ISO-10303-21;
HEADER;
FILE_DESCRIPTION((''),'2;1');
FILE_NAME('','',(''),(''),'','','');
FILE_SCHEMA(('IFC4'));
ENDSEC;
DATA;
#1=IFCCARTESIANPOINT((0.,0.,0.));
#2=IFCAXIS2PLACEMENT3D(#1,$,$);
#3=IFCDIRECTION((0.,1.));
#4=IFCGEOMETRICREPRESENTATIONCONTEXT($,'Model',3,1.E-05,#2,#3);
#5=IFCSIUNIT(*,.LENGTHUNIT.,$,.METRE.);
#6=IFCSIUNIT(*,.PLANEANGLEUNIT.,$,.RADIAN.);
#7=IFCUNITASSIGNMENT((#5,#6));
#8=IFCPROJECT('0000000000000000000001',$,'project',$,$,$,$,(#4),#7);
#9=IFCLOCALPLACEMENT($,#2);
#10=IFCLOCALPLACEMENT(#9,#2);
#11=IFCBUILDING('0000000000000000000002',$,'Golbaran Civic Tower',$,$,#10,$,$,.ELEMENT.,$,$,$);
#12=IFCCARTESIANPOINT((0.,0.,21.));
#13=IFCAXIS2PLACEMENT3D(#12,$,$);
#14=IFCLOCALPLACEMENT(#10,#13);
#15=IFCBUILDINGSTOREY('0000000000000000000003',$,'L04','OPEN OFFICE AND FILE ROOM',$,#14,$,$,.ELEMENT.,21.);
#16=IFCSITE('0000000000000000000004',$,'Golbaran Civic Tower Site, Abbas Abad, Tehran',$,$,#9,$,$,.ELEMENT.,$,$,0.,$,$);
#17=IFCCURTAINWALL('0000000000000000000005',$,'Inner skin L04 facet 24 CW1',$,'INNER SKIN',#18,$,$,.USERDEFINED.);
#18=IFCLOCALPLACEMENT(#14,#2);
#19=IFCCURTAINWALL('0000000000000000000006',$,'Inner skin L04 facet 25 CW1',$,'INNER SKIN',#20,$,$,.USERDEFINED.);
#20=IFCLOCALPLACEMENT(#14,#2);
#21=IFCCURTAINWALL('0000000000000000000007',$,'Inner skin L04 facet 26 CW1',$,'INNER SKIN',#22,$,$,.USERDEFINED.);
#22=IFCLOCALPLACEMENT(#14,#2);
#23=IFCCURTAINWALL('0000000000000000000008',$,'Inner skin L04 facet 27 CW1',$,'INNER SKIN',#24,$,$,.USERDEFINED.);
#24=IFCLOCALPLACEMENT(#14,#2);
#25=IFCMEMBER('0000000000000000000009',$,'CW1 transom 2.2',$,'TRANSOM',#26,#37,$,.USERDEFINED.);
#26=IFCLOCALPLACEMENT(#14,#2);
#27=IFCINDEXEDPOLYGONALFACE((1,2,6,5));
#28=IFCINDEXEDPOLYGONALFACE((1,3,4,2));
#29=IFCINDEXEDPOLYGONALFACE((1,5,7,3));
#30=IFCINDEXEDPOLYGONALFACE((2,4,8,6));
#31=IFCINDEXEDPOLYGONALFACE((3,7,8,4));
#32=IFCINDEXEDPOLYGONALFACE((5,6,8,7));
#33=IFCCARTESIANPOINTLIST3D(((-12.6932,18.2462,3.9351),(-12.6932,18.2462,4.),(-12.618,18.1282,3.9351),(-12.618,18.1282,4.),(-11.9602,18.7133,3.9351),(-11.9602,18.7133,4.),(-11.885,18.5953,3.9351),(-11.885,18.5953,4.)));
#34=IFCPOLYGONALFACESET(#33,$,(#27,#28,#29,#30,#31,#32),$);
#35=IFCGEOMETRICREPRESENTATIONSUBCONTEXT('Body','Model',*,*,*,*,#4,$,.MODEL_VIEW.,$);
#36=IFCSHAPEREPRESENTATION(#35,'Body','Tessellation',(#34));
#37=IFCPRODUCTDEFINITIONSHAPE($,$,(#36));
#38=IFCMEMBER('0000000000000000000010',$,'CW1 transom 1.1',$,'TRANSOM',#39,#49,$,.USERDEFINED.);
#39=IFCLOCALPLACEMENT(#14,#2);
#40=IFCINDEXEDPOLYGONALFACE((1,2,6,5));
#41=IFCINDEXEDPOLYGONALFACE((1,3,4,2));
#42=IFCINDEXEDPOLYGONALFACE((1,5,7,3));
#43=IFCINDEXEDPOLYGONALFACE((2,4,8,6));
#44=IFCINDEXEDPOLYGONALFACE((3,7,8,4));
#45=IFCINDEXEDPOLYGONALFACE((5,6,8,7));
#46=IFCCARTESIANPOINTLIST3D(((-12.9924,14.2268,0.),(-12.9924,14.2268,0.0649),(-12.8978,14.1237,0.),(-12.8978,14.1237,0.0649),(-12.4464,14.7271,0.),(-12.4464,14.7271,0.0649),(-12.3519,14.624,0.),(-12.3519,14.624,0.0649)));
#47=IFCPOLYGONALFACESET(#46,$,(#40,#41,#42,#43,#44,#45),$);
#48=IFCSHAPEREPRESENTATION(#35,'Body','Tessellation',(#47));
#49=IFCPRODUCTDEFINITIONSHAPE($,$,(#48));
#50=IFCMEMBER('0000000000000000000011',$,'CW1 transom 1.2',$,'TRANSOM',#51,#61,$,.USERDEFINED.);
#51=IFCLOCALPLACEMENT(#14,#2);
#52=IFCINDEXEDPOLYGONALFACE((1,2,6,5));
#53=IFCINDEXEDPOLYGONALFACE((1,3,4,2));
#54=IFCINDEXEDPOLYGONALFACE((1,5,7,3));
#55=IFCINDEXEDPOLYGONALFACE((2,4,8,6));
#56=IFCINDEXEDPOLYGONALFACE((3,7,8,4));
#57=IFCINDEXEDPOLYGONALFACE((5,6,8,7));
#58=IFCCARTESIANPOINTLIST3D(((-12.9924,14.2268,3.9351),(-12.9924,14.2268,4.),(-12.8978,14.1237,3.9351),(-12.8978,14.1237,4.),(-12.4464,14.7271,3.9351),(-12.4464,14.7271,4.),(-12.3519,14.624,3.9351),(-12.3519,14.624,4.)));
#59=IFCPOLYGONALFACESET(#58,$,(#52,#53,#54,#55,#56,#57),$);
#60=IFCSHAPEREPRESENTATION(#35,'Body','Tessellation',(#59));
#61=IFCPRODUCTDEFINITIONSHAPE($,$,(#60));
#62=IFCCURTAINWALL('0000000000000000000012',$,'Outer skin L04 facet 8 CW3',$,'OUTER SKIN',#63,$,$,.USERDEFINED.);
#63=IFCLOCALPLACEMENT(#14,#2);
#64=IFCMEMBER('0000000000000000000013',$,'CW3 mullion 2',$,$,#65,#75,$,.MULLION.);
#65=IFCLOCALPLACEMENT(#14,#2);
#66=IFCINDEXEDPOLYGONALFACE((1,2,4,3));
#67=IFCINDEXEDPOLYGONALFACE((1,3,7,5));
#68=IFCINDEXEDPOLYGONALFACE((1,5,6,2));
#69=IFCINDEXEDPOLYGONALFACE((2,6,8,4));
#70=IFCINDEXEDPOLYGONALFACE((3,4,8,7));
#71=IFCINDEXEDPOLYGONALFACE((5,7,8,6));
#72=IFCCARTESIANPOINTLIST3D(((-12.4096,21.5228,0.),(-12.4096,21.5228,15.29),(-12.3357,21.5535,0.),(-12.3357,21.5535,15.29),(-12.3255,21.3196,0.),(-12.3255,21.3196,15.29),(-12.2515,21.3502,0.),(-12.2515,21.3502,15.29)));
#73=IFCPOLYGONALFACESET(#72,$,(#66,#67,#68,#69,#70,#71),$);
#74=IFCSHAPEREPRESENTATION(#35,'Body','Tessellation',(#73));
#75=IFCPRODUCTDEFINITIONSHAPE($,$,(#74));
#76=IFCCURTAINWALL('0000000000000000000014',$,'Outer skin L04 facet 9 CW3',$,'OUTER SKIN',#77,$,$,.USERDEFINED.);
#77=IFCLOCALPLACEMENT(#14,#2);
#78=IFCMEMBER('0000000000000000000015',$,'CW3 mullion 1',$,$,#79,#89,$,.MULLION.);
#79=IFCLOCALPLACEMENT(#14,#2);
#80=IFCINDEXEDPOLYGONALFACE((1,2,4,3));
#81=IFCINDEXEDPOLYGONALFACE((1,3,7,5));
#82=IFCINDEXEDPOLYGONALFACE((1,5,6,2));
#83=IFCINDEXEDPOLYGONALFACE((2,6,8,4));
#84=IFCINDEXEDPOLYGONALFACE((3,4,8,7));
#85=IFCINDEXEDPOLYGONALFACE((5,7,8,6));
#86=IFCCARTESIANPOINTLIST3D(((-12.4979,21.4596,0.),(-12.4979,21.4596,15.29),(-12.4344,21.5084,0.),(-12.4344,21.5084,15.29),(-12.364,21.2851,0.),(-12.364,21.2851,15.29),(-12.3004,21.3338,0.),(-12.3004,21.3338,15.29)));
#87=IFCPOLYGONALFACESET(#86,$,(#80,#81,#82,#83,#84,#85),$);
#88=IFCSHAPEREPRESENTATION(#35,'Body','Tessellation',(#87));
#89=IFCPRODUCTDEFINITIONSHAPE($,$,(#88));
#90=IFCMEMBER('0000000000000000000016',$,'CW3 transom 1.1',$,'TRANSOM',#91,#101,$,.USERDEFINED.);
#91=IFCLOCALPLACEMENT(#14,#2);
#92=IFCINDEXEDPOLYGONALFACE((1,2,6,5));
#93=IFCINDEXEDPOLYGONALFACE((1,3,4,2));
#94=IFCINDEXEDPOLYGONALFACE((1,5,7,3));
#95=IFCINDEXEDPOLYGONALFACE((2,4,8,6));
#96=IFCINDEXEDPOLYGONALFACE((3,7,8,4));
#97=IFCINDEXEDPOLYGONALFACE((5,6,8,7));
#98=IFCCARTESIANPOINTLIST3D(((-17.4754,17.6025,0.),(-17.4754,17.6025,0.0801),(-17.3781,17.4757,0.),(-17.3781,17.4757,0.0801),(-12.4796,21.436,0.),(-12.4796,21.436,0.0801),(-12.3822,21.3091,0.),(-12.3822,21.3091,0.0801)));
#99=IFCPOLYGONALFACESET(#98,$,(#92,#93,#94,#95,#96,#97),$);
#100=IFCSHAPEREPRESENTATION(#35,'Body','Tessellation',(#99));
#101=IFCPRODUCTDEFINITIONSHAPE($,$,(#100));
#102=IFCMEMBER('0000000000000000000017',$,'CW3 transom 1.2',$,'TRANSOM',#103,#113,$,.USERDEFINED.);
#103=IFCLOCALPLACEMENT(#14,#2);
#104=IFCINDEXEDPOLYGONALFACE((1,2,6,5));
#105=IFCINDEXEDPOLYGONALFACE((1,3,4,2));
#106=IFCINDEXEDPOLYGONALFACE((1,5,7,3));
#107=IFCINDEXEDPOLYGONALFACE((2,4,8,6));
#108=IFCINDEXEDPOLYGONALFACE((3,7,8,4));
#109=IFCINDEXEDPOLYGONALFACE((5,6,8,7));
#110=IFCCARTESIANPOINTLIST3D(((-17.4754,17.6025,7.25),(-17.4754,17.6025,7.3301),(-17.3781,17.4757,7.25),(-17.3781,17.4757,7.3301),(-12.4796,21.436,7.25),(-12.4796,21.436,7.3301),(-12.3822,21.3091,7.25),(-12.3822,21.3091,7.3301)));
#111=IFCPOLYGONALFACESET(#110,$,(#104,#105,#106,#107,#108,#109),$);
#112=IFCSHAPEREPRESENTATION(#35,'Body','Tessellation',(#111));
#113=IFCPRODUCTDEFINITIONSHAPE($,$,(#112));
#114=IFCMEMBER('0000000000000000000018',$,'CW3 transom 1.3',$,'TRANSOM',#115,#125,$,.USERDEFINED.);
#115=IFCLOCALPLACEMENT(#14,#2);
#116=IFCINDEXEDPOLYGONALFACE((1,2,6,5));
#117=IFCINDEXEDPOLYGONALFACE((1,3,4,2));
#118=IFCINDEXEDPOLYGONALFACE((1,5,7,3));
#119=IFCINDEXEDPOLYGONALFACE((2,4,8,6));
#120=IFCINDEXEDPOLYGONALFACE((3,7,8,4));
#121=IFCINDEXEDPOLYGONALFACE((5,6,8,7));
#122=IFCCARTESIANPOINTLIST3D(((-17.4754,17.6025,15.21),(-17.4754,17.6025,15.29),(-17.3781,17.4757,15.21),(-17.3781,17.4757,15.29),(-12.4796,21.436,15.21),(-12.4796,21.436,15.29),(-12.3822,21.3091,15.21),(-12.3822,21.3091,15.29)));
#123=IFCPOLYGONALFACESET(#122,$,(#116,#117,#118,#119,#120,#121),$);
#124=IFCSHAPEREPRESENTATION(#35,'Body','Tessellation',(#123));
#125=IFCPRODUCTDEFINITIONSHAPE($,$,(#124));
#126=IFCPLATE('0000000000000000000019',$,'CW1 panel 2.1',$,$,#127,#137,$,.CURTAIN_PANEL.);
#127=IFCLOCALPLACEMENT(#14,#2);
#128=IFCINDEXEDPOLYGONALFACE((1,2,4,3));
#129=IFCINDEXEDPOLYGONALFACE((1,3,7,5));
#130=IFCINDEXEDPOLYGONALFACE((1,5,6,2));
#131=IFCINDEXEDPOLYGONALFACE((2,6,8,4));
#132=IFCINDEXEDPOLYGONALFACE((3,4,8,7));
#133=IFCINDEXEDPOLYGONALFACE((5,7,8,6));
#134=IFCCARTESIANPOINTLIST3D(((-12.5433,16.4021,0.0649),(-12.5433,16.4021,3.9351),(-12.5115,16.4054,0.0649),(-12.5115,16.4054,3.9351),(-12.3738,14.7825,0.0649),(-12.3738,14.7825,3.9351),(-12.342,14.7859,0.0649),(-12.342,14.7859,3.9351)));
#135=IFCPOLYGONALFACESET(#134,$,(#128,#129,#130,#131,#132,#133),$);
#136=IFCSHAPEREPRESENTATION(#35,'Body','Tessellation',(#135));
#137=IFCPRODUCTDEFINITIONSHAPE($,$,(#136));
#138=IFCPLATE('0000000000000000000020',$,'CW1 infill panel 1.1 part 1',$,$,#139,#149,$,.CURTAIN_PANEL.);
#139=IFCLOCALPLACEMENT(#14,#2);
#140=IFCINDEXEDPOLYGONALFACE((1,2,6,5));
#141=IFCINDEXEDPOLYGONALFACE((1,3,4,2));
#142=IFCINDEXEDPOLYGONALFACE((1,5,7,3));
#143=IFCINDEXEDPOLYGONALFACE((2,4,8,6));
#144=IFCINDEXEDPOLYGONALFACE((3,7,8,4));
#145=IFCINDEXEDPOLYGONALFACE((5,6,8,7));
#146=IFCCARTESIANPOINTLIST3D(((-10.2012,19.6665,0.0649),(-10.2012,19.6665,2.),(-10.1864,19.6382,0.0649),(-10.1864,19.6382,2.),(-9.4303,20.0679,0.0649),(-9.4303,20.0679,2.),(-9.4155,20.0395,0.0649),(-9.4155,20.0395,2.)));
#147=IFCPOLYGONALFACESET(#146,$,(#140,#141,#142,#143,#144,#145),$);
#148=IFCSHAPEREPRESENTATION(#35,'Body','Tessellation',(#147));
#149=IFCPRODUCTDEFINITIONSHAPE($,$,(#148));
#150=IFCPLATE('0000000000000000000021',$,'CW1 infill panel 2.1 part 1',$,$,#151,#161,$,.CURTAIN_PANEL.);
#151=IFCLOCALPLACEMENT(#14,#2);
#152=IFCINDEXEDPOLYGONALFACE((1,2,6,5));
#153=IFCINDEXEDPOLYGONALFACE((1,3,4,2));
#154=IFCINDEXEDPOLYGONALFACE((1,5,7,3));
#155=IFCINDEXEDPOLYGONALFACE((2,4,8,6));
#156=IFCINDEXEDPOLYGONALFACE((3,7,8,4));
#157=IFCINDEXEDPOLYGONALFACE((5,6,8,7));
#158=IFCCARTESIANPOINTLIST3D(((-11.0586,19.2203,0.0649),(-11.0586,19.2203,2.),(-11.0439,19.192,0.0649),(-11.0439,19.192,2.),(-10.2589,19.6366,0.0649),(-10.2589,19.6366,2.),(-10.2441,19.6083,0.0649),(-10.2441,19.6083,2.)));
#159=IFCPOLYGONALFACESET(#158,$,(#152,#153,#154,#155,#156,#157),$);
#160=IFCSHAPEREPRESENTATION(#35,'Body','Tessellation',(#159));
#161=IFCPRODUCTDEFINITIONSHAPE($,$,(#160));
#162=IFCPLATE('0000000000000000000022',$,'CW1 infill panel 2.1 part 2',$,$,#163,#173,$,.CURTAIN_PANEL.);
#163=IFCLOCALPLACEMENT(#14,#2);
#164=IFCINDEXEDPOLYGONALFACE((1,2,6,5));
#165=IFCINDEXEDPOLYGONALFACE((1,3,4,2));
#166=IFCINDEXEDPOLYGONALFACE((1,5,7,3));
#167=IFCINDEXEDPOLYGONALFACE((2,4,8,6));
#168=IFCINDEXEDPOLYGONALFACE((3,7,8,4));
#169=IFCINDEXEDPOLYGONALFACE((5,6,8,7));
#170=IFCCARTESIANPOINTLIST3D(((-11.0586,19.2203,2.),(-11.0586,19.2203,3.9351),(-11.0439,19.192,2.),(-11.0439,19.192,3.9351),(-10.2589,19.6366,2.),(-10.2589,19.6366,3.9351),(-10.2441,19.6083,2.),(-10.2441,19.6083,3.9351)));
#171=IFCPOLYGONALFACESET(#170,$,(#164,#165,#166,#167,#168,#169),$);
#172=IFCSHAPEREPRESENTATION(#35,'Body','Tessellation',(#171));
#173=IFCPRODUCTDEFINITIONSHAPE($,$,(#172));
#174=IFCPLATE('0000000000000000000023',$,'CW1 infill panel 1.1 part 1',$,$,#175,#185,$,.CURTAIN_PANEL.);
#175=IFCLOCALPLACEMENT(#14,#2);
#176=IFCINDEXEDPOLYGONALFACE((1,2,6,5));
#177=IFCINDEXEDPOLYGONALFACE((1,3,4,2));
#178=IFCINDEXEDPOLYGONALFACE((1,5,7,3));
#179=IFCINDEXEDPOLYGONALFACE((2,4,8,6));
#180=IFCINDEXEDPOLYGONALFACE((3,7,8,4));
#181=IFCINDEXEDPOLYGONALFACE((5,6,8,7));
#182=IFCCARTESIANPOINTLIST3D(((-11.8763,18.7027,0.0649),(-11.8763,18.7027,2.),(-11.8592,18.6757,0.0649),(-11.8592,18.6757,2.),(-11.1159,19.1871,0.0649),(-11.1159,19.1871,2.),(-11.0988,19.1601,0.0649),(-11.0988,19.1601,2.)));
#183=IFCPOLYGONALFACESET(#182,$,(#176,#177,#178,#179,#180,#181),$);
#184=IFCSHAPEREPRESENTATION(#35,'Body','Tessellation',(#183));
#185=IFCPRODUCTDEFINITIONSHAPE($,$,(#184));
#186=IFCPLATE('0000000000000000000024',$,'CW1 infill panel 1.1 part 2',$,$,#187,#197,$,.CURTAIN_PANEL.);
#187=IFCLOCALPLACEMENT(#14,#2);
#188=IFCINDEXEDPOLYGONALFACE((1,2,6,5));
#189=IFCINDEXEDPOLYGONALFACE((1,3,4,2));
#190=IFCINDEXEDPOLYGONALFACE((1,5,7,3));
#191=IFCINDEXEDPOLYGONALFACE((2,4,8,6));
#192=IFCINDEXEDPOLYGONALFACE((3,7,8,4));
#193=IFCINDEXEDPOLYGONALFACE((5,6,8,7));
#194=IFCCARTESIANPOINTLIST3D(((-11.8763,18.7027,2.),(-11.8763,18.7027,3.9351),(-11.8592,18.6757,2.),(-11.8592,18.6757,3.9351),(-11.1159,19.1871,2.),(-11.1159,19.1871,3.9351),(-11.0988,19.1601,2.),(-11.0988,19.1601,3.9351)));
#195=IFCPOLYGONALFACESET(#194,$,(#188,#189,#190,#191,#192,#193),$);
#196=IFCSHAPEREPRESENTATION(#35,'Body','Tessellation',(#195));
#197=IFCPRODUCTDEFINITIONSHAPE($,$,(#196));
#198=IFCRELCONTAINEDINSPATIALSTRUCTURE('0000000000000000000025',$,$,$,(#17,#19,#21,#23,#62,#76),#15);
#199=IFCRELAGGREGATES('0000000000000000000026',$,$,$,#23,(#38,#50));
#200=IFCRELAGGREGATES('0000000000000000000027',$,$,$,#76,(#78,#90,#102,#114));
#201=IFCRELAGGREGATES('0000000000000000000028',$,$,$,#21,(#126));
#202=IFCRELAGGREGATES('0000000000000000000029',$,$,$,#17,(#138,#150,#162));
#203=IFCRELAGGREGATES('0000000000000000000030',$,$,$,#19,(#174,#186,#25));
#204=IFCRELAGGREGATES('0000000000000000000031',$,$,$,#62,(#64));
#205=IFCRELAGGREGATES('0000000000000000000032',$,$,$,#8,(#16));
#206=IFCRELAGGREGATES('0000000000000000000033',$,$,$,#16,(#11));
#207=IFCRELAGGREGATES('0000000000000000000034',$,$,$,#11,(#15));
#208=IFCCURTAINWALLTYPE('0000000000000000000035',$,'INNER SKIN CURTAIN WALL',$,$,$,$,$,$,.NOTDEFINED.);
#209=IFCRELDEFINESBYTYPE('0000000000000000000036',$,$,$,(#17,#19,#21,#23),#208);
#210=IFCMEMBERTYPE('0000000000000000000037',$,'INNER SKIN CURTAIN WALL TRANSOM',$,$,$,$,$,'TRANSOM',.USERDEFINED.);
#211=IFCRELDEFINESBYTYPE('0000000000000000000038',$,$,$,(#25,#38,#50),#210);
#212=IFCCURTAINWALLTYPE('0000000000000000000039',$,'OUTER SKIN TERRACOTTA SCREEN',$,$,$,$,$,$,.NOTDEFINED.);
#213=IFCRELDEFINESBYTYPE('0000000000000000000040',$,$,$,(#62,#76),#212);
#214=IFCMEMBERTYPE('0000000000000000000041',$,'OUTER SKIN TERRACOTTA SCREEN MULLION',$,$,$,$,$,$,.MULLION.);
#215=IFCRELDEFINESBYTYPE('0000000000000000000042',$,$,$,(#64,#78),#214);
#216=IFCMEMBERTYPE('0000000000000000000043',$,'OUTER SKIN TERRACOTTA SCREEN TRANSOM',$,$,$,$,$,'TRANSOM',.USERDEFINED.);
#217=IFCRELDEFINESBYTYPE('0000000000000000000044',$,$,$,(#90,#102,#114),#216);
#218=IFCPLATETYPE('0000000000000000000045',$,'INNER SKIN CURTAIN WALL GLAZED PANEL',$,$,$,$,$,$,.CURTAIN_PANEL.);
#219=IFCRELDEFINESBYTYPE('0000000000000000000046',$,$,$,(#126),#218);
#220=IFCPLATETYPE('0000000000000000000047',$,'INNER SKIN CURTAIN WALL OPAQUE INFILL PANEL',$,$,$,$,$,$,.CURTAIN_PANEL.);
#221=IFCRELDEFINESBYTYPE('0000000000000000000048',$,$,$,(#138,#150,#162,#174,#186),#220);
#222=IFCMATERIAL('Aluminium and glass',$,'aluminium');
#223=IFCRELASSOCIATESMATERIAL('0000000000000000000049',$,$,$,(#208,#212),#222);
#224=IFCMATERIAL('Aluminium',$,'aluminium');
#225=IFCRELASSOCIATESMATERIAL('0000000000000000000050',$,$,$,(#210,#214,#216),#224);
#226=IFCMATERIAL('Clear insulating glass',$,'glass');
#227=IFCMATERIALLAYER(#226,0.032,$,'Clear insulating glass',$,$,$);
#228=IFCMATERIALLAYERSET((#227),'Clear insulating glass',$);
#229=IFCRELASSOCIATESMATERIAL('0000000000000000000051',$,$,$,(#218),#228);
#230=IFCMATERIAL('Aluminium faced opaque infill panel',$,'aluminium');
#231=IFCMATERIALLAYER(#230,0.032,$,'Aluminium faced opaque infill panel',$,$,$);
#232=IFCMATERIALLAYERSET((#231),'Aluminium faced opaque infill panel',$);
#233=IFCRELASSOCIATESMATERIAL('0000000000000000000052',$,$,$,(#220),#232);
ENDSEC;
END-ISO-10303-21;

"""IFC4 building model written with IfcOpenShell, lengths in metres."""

from ifc_helpers import new_model, si_unit, direction, frame, origin, origin_2d, place, context, subcontext, project, spatial, rectangle, extrude, material, layer, layer_set, material_profile, profile_set, type_object, element, aggregate, save


model = new_model("IFC4")

# Units and contexts
model_context = context("Model", 3, precision=1e-05, world=origin(), true_north=direction((0.0, 1.0)))
body_context = subcontext(model_context, "Body", "Model", "MODEL_VIEW")
ifc_project = project(units=[si_unit("LENGTHUNIT", "METRE"), si_unit("PLANEANGLEUNIT", "RADIAN")], contexts=[model_context])

# Site, building, storey
site_placement = place(None, origin())
site = spatial("IfcSite", under=ifc_project, at=site_placement, Name="Golbaran Civic Tower Site, Abbas Abad, Tehran", CompositionType="ELEMENT", RefElevation=0.0)
building_placement = place(site_placement, origin())
building = spatial("IfcBuilding", under=site, at=building_placement, Name="Golbaran Civic Tower", CompositionType="ELEMENT")
storey_placement = place(building_placement, frame((0.0, 0.0, 21.0)))
storey = spatial("IfcBuildingStorey", under=building, at=storey_placement, Name="L04", Description="OPEN OFFICE AND FILE ROOM", CompositionType="ELEMENT", Elevation=21.0)

# Curtain wall
ifc_material_1 = material(Name="Aluminium and glass", Category="aluminium")
curtain_wall_type_1 = type_object("IfcCurtainWallType", Name="INNER SKIN CURTAIN WALL", PredefinedType="NOTDEFINED", material=ifc_material_1)
curtain_wall_1_placement = place(storey_placement, origin())
curtain_wall_1 = element("IfcCurtainWall", 1, at=curtain_wall_1_placement, inside=storey, type_object=curtain_wall_type_1, Name="Inner skin L04 facet 24 CW1", ObjectType="INNER SKIN", PredefinedType="USERDEFINED")
ifc_material_2 = material(Name="Aluminium", Category="aluminium")

# Curtain walls
curtain_wall_2_placement = place(storey_placement, origin())
curtain_wall_2 = element("IfcCurtainWall", 2, at=curtain_wall_2_placement, inside=storey, type_object=curtain_wall_type_1, Name="Inner skin L04 facet 25 CW1", ObjectType="INNER SKIN", PredefinedType="USERDEFINED")
curtain_wall_3_placement = place(storey_placement, origin())
curtain_wall_3 = element("IfcCurtainWall", 3, at=curtain_wall_3_placement, inside=storey, type_object=curtain_wall_type_1, Name="Inner skin L04 facet 26 CW1", ObjectType="INNER SKIN", PredefinedType="USERDEFINED")
curtain_wall_4_placement = place(storey_placement, origin())
curtain_wall_4 = element("IfcCurtainWall", 4, at=curtain_wall_4_placement, inside=storey, type_object=curtain_wall_type_1, Name="Inner skin L04 facet 27 CW1", ObjectType="INNER SKIN", PredefinedType="USERDEFINED")

# Members
ifc_material_profile_1 = material_profile(ifc_material_2, rectangle(XDim=0.1399, YDim=0.0649, at=origin_2d()), Name="INNER SKIN CURTAIN WALL TRANSOM")
ifc_profile_set_1 = profile_set([ifc_material_profile_1], Name="Aluminium")
member_type_1 = type_object("IfcMemberType", Name="INNER SKIN CURTAIN WALL TRANSOM", ElementType="TRANSOM", PredefinedType="USERDEFINED", material=ifc_profile_set_1)
member_1_placement = place(storey_placement, frame((-11.9226, 18.6543, 3.9675), z_axis=(-0.843326, -0.537403, 0.0), x_axis=(0.537403, -0.843326, 0.0)))
member_1 = element("IfcMember", 5, at=member_1_placement, type_object=member_type_1, Name="CW1 transom 2.2", ObjectType="TRANSOM", PredefinedType="USERDEFINED", context=body_context, shape_type="SweptSolid", body=[
    extrude(rectangle(XDim=0.1399, YDim=0.0649, at=origin_2d()), origin(), (0.0, 0.0, 1.0), 0.8691),
])
member_2_placement = place(storey_placement, frame((-12.3992, 14.6755, 0.0325), z_axis=(-0.737264, -0.675605, 0.0), x_axis=(0.675605, -0.737264, 0.0)))
member_2 = element("IfcMember", 6, at=member_2_placement, type_object=member_type_1, Name="CW1 transom 1.1", ObjectType="TRANSOM", PredefinedType="USERDEFINED", context=body_context, shape_type="SweptSolid", body=[
    extrude(rectangle(XDim=0.1399, YDim=0.0649, at=origin_2d()), origin(), (0.0, 0.0, 1.0), 0.7405),
])
member_3_placement = place(storey_placement, frame((-12.3992, 14.6755, 3.9675), z_axis=(-0.737264, -0.675605, 0.0), x_axis=(0.675605, -0.737264, 0.0)))
member_3 = element("IfcMember", 7, at=member_3_placement, type_object=member_type_1, Name="CW1 transom 1.2", ObjectType="TRANSOM", PredefinedType="USERDEFINED", context=body_context, shape_type="SweptSolid", body=[
    extrude(rectangle(XDim=0.1399, YDim=0.0649, at=origin_2d()), origin(), (0.0, 0.0, 1.0), 0.7405),
])
aggregate(curtain_wall_4, [member_2, member_3])

# Curtain wall, member
curtain_wall_type_2 = type_object("IfcCurtainWallType", Name="OUTER SKIN TERRACOTTA SCREEN", PredefinedType="NOTDEFINED", material=ifc_material_1)
curtain_wall_5_placement = place(storey_placement, origin())
curtain_wall_5 = element("IfcCurtainWall", 8, at=curtain_wall_5_placement, inside=storey, type_object=curtain_wall_type_2, Name="Outer skin L04 facet 8 CW3", ObjectType="OUTER SKIN", PredefinedType="USERDEFINED")
ifc_material_profile_2 = material_profile(ifc_material_2, rectangle(XDim=0.22, YDim=0.0801, at=origin_2d()), Name="OUTER SKIN TERRACOTTA SCREEN MULLION")
ifc_profile_set_2 = profile_set([ifc_material_profile_2], Name="Aluminium")
member_type_2 = type_object("IfcMemberType", Name="OUTER SKIN TERRACOTTA SCREEN MULLION", PredefinedType="MULLION", material=ifc_profile_set_2)
member_4_placement = place(storey_placement, frame((-12.3306, 21.4365, 0.0), z_axis=(0.0, 0.0, 1.0), x_axis=(0.382683, -0.92388, 0.0)))
member_4 = element("IfcMember", 9, at=member_4_placement, type_object=member_type_2, Name="CW3 mullion 2", PredefinedType="MULLION", context=body_context, shape_type="SweptSolid", body=[
    extrude(rectangle(XDim=0.22, YDim=0.0801, at=origin_2d()), origin(), (0.0, 0.0, 1.0), 15.29),
])

# Curtain wall, members
curtain_wall_6_placement = place(storey_placement, origin())
curtain_wall_6 = element("IfcCurtainWall", 10, at=curtain_wall_6_placement, inside=storey, type_object=curtain_wall_type_2, Name="Outer skin L04 facet 9 CW3", ObjectType="OUTER SKIN", PredefinedType="USERDEFINED")
member_5_placement = place(storey_placement, frame((-12.3992, 21.3967, 0.0), z_axis=(0.0, 0.0, 1.0), x_axis=(0.608761, -0.793353, 0.0)))
member_5 = element("IfcMember", 11, at=member_5_placement, type_object=member_type_2, Name="CW3 mullion 1", PredefinedType="MULLION", context=body_context, shape_type="SweptSolid", body=[
    extrude(rectangle(XDim=0.22, YDim=0.0801, at=origin_2d()), origin(), (0.0, 0.0, 1.0), 15.29),
])
ifc_material_profile_3 = material_profile(ifc_material_2, rectangle(XDim=0.1599, YDim=0.0801, at=origin_2d()), Name="OUTER SKIN TERRACOTTA SCREEN TRANSOM")
ifc_profile_set_3 = profile_set([ifc_material_profile_3], Name="Aluminium")
member_type_3 = type_object("IfcMemberType", Name="OUTER SKIN TERRACOTTA SCREEN TRANSOM", ElementType="TRANSOM", PredefinedType="USERDEFINED", material=ifc_profile_set_3)
member_6_placement = place(storey_placement, frame((-12.4309, 21.3726, 0.04), z_axis=(-0.79335, -0.608766, 0.0), x_axis=(0.608766, -0.79335, 0.0)))
member_6 = element("IfcMember", 12, at=member_6_placement, type_object=member_type_3, Name="CW3 transom 1.1", ObjectType="TRANSOM", PredefinedType="USERDEFINED", context=body_context, shape_type="SweptSolid", body=[
    extrude(rectangle(XDim=0.1599, YDim=0.0801, at=origin_2d()), origin(), (0.0, 0.0, 1.0), 6.2971),
])
member_7_placement = place(storey_placement, frame((-12.4309, 21.3726, 7.29), z_axis=(-0.79335, -0.608766, 0.0), x_axis=(0.608766, -0.79335, 0.0)))
member_7 = element("IfcMember", 13, at=member_7_placement, type_object=member_type_3, Name="CW3 transom 1.2", ObjectType="TRANSOM", PredefinedType="USERDEFINED", context=body_context, shape_type="SweptSolid", body=[
    extrude(rectangle(XDim=0.1599, YDim=0.0801, at=origin_2d()), origin(), (0.0, 0.0, 1.0), 6.2971),
])
member_8_placement = place(storey_placement, frame((-12.4309, 21.3726, 15.25), z_axis=(-0.79335, -0.608766, 0.0), x_axis=(0.608766, -0.79335, 0.0)))
member_8 = element("IfcMember", 14, at=member_8_placement, type_object=member_type_3, Name="CW3 transom 1.3", ObjectType="TRANSOM", PredefinedType="USERDEFINED", context=body_context, shape_type="SweptSolid", body=[
    extrude(rectangle(XDim=0.1599, YDim=0.0801, at=origin_2d()), origin(), (0.0, 0.0, 1.0), 6.2971),
])
aggregate(curtain_wall_6, [member_5, member_6, member_7, member_8])

# Plates
ifc_material_3 = material(Name="Clear insulating glass", Category="glass")
ifc_layer_1 = layer(ifc_material_3, 0.032, Name="Clear insulating glass")
ifc_layer_set_1 = layer_set([ifc_layer_1], Name="Clear insulating glass")
plate_type_1 = type_object("IfcPlateType", Name="INNER SKIN CURTAIN WALL GLAZED PANEL", PredefinedType="CURTAIN_PANEL", material=ifc_layer_set_1)
plate_1_placement = place(storey_placement, frame((-12.4426, 15.594, 0.0649), z_axis=(0.0, 0.0, 1.0), x_axis=(0.104093, -0.994568, 0.0)))
plate_1 = element("IfcPlate", 15, at=plate_1_placement, type_object=plate_type_1, Name="CW1 panel 2.1", PredefinedType="CURTAIN_PANEL", context=body_context, shape_type="SweptSolid", body=[
    extrude(rectangle(XDim=1.6284, YDim=0.032, at=origin_2d()), origin(), (0.0, 0.0, 1.0), 3.8701),
])
aggregate(curtain_wall_3, [plate_1])
ifc_material_4 = material(Name="Aluminium faced opaque infill panel", Category="aluminium")
ifc_layer_2 = layer(ifc_material_4, 0.032, Name="Aluminium faced opaque infill panel")
ifc_layer_set_2 = layer_set([ifc_layer_2], Name="Aluminium faced opaque infill panel")
plate_type_2 = type_object("IfcPlateType", Name="INNER SKIN CURTAIN WALL OPAQUE INFILL PANEL", PredefinedType="CURTAIN_PANEL", material=ifc_layer_set_2)
plate_2_placement = place(storey_placement, frame((-9.8083, 19.853, 0.0649), z_axis=(0.0, 0.0, 1.0), x_axis=(-0.887011, -0.461749, 0.0)))
plate_2 = element("IfcPlate", 16, at=plate_2_placement, type_object=plate_type_2, Name="CW1 infill panel 1.1 part 1", PredefinedType="CURTAIN_PANEL", context=body_context, shape_type="SweptSolid", body=[
    extrude(rectangle(XDim=0.8691, YDim=0.032, at=origin_2d()), origin(), (0.0, 0.0, 1.0), 1.9351),
])
plate_3_placement = place(storey_placement, frame((-10.6514, 19.4143, 0.0649), z_axis=(0.0, 0.0, 1.0), x_axis=(-0.887011, -0.461749, 0.0)))
plate_3 = element("IfcPlate", 17, at=plate_3_placement, type_object=plate_type_2, Name="CW1 infill panel 2.1 part 1", PredefinedType="CURTAIN_PANEL", context=body_context, shape_type="SweptSolid", body=[
    extrude(rectangle(XDim=0.9016, YDim=0.032, at=origin_2d()), origin(), (0.0, 0.0, 1.0), 1.9351),
])
plate_4_placement = place(storey_placement, frame((-10.6514, 19.4143, 2.0), z_axis=(0.0, 0.0, 1.0), x_axis=(-0.887011, -0.461749, 0.0)))
plate_4 = element("IfcPlate", 18, at=plate_4_placement, type_object=plate_type_2, Name="CW1 infill panel 2.1 part 2", PredefinedType="CURTAIN_PANEL", context=body_context, shape_type="SweptSolid", body=[
    extrude(rectangle(XDim=0.9016, YDim=0.032, at=origin_2d()), origin(), (0.0, 0.0, 1.0), 1.9351),
])
aggregate(curtain_wall_1, [plate_2, plate_3, plate_4])
plate_5_placement = place(storey_placement, frame((-11.4875, 18.9314, 0.0649), z_axis=(0.0, 0.0, 1.0), x_axis=(-0.843391, -0.5373, 0.0)))
plate_5 = element("IfcPlate", 19, at=plate_5_placement, type_object=plate_type_2, Name="CW1 infill panel 1.1 part 1", PredefinedType="CURTAIN_PANEL", context=body_context, shape_type="SweptSolid", body=[
    extrude(rectangle(XDim=0.9016, YDim=0.032, at=origin_2d()), origin(), (0.0, 0.0, 1.0), 1.9351),
])
plate_6_placement = place(storey_placement, frame((-11.4875, 18.9314, 2.0), z_axis=(0.0, 0.0, 1.0), x_axis=(-0.843391, -0.5373, 0.0)))
plate_6 = element("IfcPlate", 20, at=plate_6_placement, type_object=plate_type_2, Name="CW1 infill panel 1.1 part 2", PredefinedType="CURTAIN_PANEL", context=body_context, shape_type="SweptSolid", body=[
    extrude(rectangle(XDim=0.9016, YDim=0.032, at=origin_2d()), origin(), (0.0, 0.0, 1.0), 1.9351),
])
aggregate(curtain_wall_2, [plate_5, plate_6, member_1])
aggregate(curtain_wall_5, [member_4])

save(model, "model.ifc")
